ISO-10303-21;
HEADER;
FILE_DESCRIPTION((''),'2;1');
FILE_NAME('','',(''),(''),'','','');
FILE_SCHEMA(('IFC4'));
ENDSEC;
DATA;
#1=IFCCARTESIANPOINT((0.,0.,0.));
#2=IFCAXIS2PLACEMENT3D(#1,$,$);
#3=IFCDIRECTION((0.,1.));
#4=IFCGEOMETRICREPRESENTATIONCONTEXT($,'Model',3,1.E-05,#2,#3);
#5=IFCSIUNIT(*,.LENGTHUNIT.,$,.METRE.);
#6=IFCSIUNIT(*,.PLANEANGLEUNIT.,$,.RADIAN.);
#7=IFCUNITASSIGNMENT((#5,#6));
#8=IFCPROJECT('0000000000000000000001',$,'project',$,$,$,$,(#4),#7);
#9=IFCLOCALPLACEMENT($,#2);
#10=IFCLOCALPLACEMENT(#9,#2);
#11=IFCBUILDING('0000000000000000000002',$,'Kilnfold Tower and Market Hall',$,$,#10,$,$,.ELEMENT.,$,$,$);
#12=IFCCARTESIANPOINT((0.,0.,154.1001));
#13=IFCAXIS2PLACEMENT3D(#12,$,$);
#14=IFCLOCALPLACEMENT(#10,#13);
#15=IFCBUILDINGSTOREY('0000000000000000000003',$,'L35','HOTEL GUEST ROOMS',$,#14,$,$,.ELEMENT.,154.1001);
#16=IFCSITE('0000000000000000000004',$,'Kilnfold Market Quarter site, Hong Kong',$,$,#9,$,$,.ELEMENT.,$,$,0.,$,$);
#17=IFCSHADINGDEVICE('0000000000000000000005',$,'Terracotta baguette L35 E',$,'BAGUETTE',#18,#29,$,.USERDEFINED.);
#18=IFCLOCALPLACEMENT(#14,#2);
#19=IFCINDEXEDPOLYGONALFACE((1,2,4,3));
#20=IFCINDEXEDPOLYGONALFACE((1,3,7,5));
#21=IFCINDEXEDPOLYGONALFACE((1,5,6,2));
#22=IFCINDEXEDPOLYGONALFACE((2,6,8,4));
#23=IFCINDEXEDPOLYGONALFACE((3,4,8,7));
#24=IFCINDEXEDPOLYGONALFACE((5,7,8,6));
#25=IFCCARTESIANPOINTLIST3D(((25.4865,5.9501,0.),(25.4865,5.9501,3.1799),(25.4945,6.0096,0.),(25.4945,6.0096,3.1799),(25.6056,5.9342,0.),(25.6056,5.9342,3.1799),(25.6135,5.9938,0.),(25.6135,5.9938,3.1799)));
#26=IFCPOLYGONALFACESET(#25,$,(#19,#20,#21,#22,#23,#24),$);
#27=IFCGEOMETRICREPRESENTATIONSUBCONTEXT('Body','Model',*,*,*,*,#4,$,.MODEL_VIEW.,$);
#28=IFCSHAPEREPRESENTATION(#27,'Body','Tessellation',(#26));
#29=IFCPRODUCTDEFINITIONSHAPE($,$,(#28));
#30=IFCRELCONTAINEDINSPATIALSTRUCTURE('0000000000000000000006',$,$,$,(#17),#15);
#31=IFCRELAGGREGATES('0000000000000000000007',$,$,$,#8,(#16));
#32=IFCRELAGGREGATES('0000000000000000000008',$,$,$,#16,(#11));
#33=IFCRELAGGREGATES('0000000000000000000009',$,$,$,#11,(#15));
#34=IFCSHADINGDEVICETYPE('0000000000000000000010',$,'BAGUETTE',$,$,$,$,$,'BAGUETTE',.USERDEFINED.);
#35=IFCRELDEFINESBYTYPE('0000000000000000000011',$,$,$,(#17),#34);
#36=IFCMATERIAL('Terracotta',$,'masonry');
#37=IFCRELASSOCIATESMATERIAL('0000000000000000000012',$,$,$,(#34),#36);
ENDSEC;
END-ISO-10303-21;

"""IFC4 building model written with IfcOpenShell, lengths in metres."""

from ifc_helpers import new_model, si_unit, direction, frame, origin, origin_2d, place, context, subcontext, project, spatial, rectangle, extrude, source, transform, mapped, material, material_profile, profile_set, type_object, element, save


model = new_model("IFC4")

# Units and contexts
model_context = context("Model", 3, precision=1e-05, world=origin(), true_north=direction((0.0, 1.0)))
body_context = subcontext(model_context, "Body", "Model", "MODEL_VIEW")
ifc_project = project(units=[si_unit("LENGTHUNIT", "METRE"), si_unit("PLANEANGLEUNIT", "RADIAN")], contexts=[model_context])

# Site, building, storey
site_placement = place(None, origin())
site = spatial("IfcSite", under=ifc_project, at=site_placement, Name="Kilnfold Market Quarter site, Hong Kong", CompositionType="ELEMENT", RefElevation=0.0)
building_placement = place(site_placement, origin())
building = spatial("IfcBuilding", under=site, at=building_placement, Name="Kilnfold Tower and Market Hall", CompositionType="ELEMENT")
storey_placement = place(building_placement, frame((0.0, 0.0, 154.1001)))
storey = spatial("IfcBuildingStorey", under=building, at=storey_placement, Name="L35", Description="HOTEL GUEST ROOMS", CompositionType="ELEMENT", Elevation=154.1001)

# Shading device
ifc_material_1 = material(Name="Terracotta", Category="masonry")
ifc_material_profile_1 = material_profile(ifc_material_1, rectangle(XDim=0.0601, YDim=0.1201, at=origin_2d()), Name="BAG 60x120")
ifc_profile_set_1 = profile_set([ifc_material_profile_1], Name="Terracotta")
shading_device_type = type_object("IfcShadingDeviceType", Name="BAGUETTE", ElementType="BAGUETTE", PredefinedType="USERDEFINED", material=ifc_profile_set_1)
shared_shape_1 = source(origin(), body_context, "Body", "SweptSolid", [
    extrude(rectangle(XDim=0.0601, YDim=0.1201, at=origin_2d()), origin(), (0.0, 0.0, 1.0), 3.1799),
])
for number, where, z_axis, x_axis, name in (
    (1, (25.55, 5.9719, 0.0), (0.0, 0.0, 1.0), (0.132125, 0.991233, 0.0), "Terracotta baguette L35 E"),
):
    element("IfcShadingDevice", number, at=place(storey_placement, frame(where, z_axis=z_axis, x_axis=x_axis)), inside=storey, type_object=shading_device_type, Name=name, ObjectType="BAGUETTE", PredefinedType="USERDEFINED", context=body_context, shape_type="MappedRepresentation", body=[
        mapped(shared_shape_1, transform((0.0, 0.0, 0.0))),
    ])

save(model, "model.ifc")
